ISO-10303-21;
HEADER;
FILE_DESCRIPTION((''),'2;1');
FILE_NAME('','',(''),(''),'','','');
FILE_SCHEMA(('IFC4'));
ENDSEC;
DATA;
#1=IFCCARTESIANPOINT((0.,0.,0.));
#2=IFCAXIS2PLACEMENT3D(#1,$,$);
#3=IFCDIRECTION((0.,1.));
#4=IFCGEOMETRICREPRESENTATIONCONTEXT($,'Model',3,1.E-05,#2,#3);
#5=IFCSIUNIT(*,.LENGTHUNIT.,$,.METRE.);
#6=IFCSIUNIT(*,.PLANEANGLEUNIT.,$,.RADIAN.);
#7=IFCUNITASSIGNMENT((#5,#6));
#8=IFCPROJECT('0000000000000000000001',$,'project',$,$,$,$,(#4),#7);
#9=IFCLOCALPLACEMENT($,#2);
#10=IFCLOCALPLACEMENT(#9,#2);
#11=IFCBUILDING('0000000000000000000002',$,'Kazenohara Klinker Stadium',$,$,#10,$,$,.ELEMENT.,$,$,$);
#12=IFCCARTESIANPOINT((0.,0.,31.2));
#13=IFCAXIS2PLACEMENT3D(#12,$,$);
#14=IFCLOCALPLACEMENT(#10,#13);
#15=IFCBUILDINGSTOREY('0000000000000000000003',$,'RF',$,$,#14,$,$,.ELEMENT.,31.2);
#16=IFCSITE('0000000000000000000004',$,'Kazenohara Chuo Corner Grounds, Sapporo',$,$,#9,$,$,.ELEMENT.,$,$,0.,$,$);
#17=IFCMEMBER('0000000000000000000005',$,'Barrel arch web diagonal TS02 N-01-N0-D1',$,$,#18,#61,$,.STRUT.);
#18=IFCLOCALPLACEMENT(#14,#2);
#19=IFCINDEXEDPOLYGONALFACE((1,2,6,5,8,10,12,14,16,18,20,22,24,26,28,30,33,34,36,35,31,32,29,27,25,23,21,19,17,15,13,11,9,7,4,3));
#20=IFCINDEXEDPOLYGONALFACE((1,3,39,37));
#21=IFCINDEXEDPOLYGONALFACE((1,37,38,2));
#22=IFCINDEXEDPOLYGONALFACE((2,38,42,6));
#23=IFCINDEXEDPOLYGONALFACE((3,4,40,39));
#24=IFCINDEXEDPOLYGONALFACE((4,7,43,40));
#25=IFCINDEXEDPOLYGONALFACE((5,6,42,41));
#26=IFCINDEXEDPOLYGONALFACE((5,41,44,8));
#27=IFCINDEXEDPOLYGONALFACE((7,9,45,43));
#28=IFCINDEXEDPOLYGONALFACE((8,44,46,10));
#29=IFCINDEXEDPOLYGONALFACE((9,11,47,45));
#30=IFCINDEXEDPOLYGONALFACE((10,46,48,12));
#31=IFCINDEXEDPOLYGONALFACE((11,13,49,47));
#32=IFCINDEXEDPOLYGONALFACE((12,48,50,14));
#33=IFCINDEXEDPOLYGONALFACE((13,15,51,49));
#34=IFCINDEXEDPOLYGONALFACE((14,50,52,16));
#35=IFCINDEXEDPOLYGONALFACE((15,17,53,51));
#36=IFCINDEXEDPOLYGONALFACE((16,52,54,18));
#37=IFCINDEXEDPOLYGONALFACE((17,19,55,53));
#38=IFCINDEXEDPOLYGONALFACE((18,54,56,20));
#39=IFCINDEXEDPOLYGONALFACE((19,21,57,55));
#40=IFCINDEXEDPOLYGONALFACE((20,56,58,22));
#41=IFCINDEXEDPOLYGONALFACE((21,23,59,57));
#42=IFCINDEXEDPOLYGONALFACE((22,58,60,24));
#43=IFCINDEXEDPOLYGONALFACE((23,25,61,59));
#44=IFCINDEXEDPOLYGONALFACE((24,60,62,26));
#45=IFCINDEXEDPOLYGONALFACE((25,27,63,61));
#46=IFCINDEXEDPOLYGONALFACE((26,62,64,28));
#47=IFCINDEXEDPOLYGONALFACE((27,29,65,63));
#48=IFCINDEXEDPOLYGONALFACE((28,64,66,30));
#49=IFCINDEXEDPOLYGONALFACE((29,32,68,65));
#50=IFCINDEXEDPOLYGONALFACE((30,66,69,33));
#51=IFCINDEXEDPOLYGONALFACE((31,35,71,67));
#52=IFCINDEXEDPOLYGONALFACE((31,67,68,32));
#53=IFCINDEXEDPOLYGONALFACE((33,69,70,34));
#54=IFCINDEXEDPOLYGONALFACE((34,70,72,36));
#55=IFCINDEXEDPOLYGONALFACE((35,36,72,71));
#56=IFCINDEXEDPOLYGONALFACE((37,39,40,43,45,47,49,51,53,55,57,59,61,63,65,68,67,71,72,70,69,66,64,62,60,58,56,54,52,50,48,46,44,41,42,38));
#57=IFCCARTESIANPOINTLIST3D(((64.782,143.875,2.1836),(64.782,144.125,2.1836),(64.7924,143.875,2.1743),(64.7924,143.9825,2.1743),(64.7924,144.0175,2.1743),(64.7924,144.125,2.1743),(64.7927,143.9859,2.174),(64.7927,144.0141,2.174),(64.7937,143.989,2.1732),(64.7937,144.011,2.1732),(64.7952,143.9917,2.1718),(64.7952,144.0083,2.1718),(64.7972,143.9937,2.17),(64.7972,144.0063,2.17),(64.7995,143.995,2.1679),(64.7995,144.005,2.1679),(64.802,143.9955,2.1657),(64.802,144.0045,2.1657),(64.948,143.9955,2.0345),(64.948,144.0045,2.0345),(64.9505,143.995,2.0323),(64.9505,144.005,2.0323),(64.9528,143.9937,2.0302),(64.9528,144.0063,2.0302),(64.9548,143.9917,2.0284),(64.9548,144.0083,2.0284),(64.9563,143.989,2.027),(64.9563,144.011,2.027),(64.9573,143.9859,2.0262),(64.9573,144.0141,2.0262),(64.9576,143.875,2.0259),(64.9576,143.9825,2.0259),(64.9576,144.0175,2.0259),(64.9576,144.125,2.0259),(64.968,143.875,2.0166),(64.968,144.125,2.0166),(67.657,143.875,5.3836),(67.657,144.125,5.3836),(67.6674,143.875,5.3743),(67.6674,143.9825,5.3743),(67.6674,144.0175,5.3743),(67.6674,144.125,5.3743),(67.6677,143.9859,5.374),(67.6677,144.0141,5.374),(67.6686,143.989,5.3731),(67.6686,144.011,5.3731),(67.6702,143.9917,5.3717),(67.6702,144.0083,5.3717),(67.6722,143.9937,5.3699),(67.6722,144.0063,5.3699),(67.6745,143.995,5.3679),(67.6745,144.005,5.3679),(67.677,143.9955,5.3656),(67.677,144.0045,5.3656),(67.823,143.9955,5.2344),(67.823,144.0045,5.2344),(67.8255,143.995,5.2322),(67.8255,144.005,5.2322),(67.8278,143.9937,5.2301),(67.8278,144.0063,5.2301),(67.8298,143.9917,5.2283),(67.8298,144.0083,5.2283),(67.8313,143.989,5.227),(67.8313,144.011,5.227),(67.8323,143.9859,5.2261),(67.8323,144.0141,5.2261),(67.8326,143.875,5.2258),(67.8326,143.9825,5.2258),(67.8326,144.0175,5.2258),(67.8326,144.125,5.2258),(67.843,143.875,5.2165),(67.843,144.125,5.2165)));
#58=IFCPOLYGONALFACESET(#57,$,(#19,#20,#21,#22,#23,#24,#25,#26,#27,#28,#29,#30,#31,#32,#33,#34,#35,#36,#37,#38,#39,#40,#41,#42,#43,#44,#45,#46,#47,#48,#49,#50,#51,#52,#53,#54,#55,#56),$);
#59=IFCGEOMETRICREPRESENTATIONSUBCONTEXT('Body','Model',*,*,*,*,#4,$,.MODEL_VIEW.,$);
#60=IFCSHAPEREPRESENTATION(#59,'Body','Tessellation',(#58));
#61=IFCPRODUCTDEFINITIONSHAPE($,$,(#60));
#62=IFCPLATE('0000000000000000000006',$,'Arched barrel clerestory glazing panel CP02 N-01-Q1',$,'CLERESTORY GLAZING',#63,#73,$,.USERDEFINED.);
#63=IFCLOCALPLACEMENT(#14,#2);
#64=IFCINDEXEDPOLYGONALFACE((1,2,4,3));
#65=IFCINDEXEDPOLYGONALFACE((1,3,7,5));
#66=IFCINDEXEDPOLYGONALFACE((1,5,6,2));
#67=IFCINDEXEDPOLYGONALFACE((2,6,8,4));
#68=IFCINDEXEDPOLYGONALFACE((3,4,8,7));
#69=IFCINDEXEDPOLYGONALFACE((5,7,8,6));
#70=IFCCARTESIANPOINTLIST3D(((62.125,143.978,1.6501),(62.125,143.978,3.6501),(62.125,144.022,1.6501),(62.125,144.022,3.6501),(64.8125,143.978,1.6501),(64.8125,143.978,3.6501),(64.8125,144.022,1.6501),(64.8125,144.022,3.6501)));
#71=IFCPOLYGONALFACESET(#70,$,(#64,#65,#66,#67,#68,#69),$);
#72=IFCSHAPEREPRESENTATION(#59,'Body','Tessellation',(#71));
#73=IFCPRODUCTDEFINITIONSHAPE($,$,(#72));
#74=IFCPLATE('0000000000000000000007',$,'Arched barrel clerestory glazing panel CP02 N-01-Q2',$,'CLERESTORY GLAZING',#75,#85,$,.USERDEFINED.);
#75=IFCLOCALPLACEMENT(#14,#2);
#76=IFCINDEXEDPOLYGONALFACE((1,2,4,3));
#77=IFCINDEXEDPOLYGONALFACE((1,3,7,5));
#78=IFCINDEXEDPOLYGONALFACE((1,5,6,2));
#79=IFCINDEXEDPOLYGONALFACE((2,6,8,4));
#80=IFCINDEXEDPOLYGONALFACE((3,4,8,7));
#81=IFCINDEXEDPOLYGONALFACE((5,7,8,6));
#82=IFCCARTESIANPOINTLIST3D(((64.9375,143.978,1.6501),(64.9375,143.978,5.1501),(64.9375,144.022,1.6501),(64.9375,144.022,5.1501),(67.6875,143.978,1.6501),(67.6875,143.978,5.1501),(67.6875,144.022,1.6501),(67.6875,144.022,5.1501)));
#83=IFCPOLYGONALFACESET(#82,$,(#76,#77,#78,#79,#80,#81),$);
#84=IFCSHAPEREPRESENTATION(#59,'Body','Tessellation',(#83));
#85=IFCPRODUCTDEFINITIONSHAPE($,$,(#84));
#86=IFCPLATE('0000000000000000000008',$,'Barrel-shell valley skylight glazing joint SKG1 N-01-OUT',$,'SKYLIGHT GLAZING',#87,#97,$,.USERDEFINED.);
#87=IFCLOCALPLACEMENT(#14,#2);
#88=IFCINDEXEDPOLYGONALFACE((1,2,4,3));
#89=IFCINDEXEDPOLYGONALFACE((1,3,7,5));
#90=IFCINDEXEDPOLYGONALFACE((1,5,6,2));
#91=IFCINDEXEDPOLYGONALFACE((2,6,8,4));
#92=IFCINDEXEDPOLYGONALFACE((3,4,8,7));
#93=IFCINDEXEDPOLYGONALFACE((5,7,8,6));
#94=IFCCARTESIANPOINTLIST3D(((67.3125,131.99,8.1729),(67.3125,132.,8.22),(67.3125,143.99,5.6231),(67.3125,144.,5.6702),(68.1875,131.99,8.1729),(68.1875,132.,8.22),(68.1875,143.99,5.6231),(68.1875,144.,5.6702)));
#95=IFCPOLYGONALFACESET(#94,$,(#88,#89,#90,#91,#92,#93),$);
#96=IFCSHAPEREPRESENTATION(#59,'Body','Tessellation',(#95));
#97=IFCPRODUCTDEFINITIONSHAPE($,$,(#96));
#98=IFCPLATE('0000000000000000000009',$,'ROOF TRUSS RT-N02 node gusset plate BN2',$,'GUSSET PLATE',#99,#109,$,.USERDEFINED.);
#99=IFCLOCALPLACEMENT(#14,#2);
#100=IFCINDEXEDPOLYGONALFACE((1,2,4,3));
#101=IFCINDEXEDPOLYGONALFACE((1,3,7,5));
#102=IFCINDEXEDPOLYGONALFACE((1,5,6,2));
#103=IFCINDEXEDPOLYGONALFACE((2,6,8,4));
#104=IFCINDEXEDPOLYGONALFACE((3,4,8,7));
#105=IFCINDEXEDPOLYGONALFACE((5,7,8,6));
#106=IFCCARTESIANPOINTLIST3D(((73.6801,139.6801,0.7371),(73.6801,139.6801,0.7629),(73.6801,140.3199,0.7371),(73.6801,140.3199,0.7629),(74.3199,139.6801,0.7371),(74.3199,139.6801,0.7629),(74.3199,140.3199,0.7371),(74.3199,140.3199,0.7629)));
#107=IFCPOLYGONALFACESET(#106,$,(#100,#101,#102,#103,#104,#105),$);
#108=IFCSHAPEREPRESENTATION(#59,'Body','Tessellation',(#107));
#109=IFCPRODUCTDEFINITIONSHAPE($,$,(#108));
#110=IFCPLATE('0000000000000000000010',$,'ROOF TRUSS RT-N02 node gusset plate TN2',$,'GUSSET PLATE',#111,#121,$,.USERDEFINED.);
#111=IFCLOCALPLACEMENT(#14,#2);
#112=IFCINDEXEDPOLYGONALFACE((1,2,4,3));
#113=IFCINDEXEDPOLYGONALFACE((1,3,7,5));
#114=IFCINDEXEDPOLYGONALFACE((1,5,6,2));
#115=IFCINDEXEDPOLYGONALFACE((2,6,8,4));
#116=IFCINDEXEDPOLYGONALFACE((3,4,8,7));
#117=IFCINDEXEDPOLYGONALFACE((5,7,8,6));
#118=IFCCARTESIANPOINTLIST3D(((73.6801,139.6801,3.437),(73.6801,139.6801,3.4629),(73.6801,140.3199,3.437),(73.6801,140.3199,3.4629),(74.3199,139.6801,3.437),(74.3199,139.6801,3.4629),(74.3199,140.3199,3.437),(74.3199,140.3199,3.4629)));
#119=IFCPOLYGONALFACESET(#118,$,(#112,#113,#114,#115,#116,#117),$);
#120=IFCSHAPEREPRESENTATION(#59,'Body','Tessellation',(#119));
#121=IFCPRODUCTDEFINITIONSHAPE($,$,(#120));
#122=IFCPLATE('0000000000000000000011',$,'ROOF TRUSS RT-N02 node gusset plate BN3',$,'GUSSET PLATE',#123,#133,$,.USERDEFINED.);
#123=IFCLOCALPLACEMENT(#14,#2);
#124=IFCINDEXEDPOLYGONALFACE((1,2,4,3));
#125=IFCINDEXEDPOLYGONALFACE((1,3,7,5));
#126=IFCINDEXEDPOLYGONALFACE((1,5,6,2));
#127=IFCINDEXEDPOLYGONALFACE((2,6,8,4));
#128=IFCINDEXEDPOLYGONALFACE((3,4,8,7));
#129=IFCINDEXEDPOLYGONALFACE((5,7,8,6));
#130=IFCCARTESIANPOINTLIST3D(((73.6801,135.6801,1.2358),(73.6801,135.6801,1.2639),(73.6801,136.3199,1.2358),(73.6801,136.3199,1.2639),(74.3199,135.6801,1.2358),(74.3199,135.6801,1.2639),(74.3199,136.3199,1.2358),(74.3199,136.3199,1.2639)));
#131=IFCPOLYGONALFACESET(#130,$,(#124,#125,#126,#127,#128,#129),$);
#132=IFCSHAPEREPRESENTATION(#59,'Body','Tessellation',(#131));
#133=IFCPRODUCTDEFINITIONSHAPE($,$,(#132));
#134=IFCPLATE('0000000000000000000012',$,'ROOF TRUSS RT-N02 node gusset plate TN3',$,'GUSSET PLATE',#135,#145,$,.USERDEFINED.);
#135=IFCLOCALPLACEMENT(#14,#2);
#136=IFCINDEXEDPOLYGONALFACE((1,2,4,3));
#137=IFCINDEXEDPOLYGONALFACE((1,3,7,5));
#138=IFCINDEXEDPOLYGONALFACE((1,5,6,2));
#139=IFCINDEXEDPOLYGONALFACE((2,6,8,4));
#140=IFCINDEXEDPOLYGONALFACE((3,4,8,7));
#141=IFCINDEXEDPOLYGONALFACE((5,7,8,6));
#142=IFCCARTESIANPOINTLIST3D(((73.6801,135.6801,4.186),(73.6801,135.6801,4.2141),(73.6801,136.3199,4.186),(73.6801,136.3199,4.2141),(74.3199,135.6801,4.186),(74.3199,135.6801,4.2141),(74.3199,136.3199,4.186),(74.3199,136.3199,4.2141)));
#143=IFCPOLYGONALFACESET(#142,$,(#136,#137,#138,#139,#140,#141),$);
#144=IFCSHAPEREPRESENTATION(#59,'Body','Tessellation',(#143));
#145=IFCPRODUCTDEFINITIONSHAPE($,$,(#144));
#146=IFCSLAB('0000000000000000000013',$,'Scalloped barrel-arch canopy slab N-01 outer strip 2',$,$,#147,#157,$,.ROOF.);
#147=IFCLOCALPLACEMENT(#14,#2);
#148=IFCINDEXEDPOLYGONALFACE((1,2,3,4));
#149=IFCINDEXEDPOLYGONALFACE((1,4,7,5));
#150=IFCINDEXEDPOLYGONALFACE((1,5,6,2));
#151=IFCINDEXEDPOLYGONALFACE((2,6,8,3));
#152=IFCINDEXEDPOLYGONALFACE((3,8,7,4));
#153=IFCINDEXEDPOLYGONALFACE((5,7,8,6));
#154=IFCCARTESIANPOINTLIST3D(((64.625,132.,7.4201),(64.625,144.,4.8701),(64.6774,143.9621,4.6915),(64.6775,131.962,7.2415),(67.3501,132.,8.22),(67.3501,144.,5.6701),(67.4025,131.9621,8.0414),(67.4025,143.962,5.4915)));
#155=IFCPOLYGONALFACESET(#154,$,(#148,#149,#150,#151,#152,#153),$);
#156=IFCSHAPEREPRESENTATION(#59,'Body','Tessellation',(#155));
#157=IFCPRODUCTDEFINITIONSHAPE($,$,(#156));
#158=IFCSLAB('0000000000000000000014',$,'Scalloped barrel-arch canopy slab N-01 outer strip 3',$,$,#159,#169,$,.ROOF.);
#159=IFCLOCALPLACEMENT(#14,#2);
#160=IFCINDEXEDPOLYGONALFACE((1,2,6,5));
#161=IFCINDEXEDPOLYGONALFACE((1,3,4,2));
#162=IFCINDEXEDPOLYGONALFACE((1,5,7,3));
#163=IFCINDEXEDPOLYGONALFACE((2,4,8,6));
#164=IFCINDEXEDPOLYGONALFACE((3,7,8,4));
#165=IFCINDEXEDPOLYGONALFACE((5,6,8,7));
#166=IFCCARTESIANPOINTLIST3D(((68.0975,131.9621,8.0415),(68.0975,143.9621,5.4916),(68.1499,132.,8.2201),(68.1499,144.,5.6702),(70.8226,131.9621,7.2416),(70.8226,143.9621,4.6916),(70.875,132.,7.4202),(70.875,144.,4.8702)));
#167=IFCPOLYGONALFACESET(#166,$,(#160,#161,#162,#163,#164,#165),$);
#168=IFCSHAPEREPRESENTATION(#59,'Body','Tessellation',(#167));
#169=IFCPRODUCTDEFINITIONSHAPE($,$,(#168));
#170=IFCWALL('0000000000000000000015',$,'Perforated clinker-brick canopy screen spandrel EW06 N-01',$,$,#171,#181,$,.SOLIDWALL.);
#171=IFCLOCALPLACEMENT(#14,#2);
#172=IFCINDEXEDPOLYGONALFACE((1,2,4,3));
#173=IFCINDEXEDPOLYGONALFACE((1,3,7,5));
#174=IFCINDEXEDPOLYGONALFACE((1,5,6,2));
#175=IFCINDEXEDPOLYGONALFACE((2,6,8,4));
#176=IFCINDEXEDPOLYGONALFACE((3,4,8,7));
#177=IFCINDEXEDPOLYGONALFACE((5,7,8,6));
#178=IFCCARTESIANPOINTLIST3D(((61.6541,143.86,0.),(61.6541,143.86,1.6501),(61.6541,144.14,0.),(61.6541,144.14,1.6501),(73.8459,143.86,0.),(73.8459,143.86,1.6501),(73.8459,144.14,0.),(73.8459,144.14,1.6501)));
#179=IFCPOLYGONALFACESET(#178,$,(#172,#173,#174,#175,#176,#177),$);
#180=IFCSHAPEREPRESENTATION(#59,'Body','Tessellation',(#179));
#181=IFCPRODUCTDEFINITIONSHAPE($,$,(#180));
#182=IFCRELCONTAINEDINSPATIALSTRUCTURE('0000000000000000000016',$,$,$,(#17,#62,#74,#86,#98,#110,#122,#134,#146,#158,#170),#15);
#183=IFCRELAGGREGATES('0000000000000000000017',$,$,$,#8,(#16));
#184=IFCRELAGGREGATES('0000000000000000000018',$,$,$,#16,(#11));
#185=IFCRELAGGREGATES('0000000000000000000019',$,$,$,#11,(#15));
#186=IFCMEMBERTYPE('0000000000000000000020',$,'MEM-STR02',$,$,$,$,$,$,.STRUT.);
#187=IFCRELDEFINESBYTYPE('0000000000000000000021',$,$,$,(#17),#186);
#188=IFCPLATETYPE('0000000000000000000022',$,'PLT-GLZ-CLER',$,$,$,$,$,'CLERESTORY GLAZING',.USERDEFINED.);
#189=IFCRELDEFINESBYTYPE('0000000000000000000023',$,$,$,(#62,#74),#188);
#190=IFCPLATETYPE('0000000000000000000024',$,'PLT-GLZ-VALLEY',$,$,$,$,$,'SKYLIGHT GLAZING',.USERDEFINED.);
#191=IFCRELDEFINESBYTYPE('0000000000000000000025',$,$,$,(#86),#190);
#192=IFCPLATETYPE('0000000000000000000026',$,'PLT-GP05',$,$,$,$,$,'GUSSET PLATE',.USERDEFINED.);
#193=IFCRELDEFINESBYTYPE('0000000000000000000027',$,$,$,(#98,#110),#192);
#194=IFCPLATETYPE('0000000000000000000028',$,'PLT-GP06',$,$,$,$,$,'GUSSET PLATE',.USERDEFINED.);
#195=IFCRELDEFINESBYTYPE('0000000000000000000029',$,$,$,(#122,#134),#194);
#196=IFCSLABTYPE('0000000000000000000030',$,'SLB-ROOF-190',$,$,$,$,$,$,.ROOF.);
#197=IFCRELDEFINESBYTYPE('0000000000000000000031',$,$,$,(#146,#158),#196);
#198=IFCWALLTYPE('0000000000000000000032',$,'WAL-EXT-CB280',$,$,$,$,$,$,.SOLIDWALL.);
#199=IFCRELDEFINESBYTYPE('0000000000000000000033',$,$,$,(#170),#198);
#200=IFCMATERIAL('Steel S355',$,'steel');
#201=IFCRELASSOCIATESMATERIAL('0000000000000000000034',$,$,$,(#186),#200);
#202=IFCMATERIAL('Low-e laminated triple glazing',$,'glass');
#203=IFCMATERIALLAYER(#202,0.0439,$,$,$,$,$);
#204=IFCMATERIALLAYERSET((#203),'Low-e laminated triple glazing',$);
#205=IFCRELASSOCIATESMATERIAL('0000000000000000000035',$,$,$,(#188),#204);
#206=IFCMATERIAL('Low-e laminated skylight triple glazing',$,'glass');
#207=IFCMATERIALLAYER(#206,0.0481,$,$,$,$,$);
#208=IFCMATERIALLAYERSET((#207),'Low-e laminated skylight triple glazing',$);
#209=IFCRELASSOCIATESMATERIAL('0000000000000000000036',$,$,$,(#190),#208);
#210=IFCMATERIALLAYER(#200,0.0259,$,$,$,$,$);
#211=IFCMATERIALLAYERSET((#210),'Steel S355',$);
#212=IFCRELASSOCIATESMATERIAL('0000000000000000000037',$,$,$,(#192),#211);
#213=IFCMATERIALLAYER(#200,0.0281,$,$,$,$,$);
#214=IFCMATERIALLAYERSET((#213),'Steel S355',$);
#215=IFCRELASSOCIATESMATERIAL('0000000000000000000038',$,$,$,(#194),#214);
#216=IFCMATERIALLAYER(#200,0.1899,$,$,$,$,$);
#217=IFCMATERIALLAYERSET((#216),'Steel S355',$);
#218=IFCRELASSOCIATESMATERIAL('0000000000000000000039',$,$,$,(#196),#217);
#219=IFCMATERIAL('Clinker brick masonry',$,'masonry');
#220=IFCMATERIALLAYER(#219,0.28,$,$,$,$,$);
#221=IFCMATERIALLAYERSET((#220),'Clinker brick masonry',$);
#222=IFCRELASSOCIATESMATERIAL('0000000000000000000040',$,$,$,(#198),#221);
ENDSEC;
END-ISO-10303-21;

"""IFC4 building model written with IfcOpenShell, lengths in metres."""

from ifc_helpers import new_model, si_unit, direction, frame, frame_2d, origin, origin_2d, place, context, subcontext, project, spatial, polyline, rectangle, i_section, outline, extrude, material, layer, layer_set, material_profile, profile_set, type_object, element, save


model = new_model("IFC4")

# Units and contexts
model_context = context("Model", 3, precision=1e-05, world=origin(), true_north=direction((0.0, 1.0)))
body_context = subcontext(model_context, "Body", "Model", "MODEL_VIEW")
ifc_project = project(units=[si_unit("LENGTHUNIT", "METRE"), si_unit("PLANEANGLEUNIT", "RADIAN")], contexts=[model_context])

# Site, building, storey
site_placement = place(None, origin())
site = spatial("IfcSite", under=ifc_project, at=site_placement, Name="Kazenohara Chuo Corner Grounds, Sapporo", CompositionType="ELEMENT", RefElevation=0.0)
building_placement = place(site_placement, origin())
building = spatial("IfcBuilding", under=site, at=building_placement, Name="Kazenohara Klinker Stadium", CompositionType="ELEMENT")
storey_placement = place(building_placement, frame((0.0, 0.0, 31.2)))
storey = spatial("IfcBuildingStorey", under=building, at=storey_placement, Name="RF", CompositionType="ELEMENT", Elevation=31.2)

# Member
ifc_material_1 = material(Name="Steel S355", Category="steel")
ifc_material_profile_1 = material_profile(ifc_material_1, i_section(OverallWidth=0.25, OverallDepth=0.25, WebThickness=0.009, FlangeThickness=0.0139, FilletRadius=0.0129, at=origin_2d()), Name="H-250x250x9x14")
ifc_profile_set_1 = profile_set([ifc_material_profile_1], Name="Steel S355")
member_type_1 = type_object("IfcMemberType", Name="MEM-STR02", PredefinedType="STRUT", material=ifc_profile_set_1)
member_1_placement = place(storey_placement, frame((64.875, 144.0, 2.1001), z_axis=(0.668328, 0.0, 0.743867), x_axis=(0.0, 1.0, 0.0)))
element("IfcMember", 1, at=member_1_placement, inside=storey, type_object=member_type_1, Name="Barrel arch web diagonal TS02 N-01-N0-D1", PredefinedType="STRUT", context=body_context, shape_type="SweptSolid", body=[
    extrude(i_section(OverallWidth=0.25, OverallDepth=0.25, WebThickness=0.009, FlangeThickness=0.0139, FilletRadius=0.0129, at=origin_2d()), origin(), (0.0, 0.0, 1.0), 4.3018),
])

# Plates
ifc_material_2 = material(Name="Low-e laminated triple glazing", Category="glass")
ifc_layer_1 = layer(ifc_material_2, 0.0439)
ifc_layer_set_1 = layer_set([ifc_layer_1], Name="Low-e laminated triple glazing")
plate_type_1 = type_object("IfcPlateType", Name="PLT-GLZ-CLER", ElementType="CLERESTORY GLAZING", PredefinedType="USERDEFINED", material=ifc_layer_set_1)
plate_1_placement = place(storey_placement, frame((63.4688, 144.0, 1.6501), z_axis=(0.0, 0.0, 1.0), x_axis=(1.0, 0.0, 0.0)))
element("IfcPlate", 2, at=plate_1_placement, inside=storey, type_object=plate_type_1, Name="Arched barrel clerestory glazing panel CP02 N-01-Q1", ObjectType="CLERESTORY GLAZING", PredefinedType="USERDEFINED", context=body_context, shape_type="SweptSolid", body=[
    extrude(rectangle(XDim=2.6875, YDim=0.0439, at=origin_2d()), origin(), (0.0, 0.0, 1.0), 2.0),
])
plate_2_placement = place(storey_placement, frame((66.3125, 144.0, 1.6501), z_axis=(0.0, 0.0, 1.0), x_axis=(1.0, 0.0, 0.0)))
element("IfcPlate", 3, at=plate_2_placement, inside=storey, type_object=plate_type_1, Name="Arched barrel clerestory glazing panel CP02 N-01-Q2", ObjectType="CLERESTORY GLAZING", PredefinedType="USERDEFINED", context=body_context, shape_type="SweptSolid", body=[
    extrude(rectangle(XDim=2.75, YDim=0.0439, at=origin_2d()), origin(), (0.0, 0.0, 1.0), 3.5),
])
ifc_material_3 = material(Name="Low-e laminated skylight triple glazing", Category="glass")
ifc_layer_2 = layer(ifc_material_3, 0.0481)
ifc_layer_set_2 = layer_set([ifc_layer_2], Name="Low-e laminated skylight triple glazing")
plate_type_2 = type_object("IfcPlateType", Name="PLT-GLZ-VALLEY", ElementType="SKYLIGHT GLAZING", PredefinedType="USERDEFINED", material=ifc_layer_set_2)
plate_3_placement = place(storey_placement, frame((67.3125, 144.0, 5.6702), z_axis=(0.0, 0.207844, 0.978162), x_axis=(0.0, -0.978162, 0.207844)))
element("IfcPlate", 4, at=plate_3_placement, inside=storey, type_object=plate_type_2, Name="Barrel-shell valley skylight glazing joint SKG1 N-01-OUT", ObjectType="SKYLIGHT GLAZING", PredefinedType="USERDEFINED", context=body_context, shape_type="SweptSolid", body=[
    extrude(outline(polyline([(0.0, 0.0), (12.2679, 0.0), (12.2679, 0.875), (0.0, 0.875), (0.0, 0.0)])), origin(), (0.0, 0.0, -1.0), 0.0481),
])
ifc_layer_3 = layer(ifc_material_1, 0.0259)
ifc_layer_set_3 = layer_set([ifc_layer_3], Name="Steel S355")
plate_type_3 = type_object("IfcPlateType", Name="PLT-GP05", ElementType="GUSSET PLATE", PredefinedType="USERDEFINED", material=ifc_layer_set_3)
for number, where, z_axis, x_axis, name in (
    (5, (74.0, 140.0, 0.7371), (0.0, 0.0, 1.0), (1.0, 0.0, 0.0), "ROOF TRUSS RT-N02 node gusset plate BN2"),
    (6, (74.0, 140.0, 3.437), (0.0, 0.0, 1.0), (1.0, 0.0, 0.0), "ROOF TRUSS RT-N02 node gusset plate TN2"),
):
    element("IfcPlate", number, at=place(storey_placement, frame(where, z_axis=z_axis, x_axis=x_axis)), inside=storey, type_object=plate_type_3, Name=name, ObjectType="GUSSET PLATE", PredefinedType="USERDEFINED", context=body_context, shape_type="SweptSolid", body=[
        extrude(rectangle(XDim=0.6399, YDim=0.6399, at=origin_2d()), origin(), (0.0, 0.0, 1.0), 0.0259),
    ])
ifc_layer_4 = layer(ifc_material_1, 0.0281)
ifc_layer_set_4 = layer_set([ifc_layer_4], Name="Steel S355")
plate_type_4 = type_object("IfcPlateType", Name="PLT-GP06", ElementType="GUSSET PLATE", PredefinedType="USERDEFINED", material=ifc_layer_set_4)
for number, where, z_axis, x_axis, name in (
    (7, (74.0, 136.0, 1.2358), (0.0, 0.0, 1.0), (1.0, 0.0, 0.0), "ROOF TRUSS RT-N02 node gusset plate BN3"),
    (8, (74.0, 136.0, 4.186), (0.0, 0.0, 1.0), (1.0, 0.0, 0.0), "ROOF TRUSS RT-N02 node gusset plate TN3"),
):
    element("IfcPlate", number, at=place(storey_placement, frame(where, z_axis=z_axis, x_axis=x_axis)), inside=storey, type_object=plate_type_4, Name=name, ObjectType="GUSSET PLATE", PredefinedType="USERDEFINED", context=body_context, shape_type="SweptSolid", body=[
        extrude(rectangle(XDim=0.6399, YDim=0.6399, at=origin_2d()), origin(), (0.0, 0.0, 1.0), 0.0281),
    ])

# Slabs
ifc_layer_5 = layer(ifc_material_1, 0.1899)
ifc_layer_set_5 = layer_set([ifc_layer_5], Name="Steel S355")
slab_type = type_object("IfcSlabType", Name="SLB-ROOF-190", PredefinedType="ROOF", material=ifc_layer_set_5)
slab_1_placement = place(storey_placement, frame((64.625, 144.0, 4.8701), z_axis=(-0.275979, 0.199781, 0.940172), x_axis=(0.000003, -0.97816, 0.207854)))
element("IfcSlab", 9, at=slab_1_placement, inside=storey, type_object=slab_type, Name="Scalloped barrel-arch canopy slab N-01 outer strip 2", PredefinedType="ROOF", context=body_context, shape_type="SweptSolid", body=[
    extrude(outline(polyline([(0.0, 0.0), (12.268, 0.0), (12.4342, 2.8352), (0.1663, 2.8352), (0.0, 0.0)])), origin(), (0.0, 0.0, -1.0), 0.1899),
])
slab_2_placement = place(storey_placement, frame((68.1499, 144.0, 5.6702), z_axis=(0.275979, 0.199781, 0.940172), x_axis=(0.000003, -0.97816, 0.207852)))
element("IfcSlab", 10, at=slab_2_placement, inside=storey, type_object=slab_type, Name="Scalloped barrel-arch canopy slab N-01 outer strip 3", PredefinedType="ROOF", context=body_context, shape_type="SweptSolid", body=[
    extrude(outline(polyline([(0.0, 0.0), (12.2679, 0.0), (12.1017, 2.8352), (-0.1663, 2.8352), (0.0, 0.0)])), origin(), (0.0, 0.0, -1.0), 0.1899),
])

# Wall
ifc_material_4 = material(Name="Clinker brick masonry", Category="masonry")
ifc_layer_6 = layer(ifc_material_4, 0.28)
ifc_layer_set_6 = layer_set([ifc_layer_6], Name="Clinker brick masonry")
wall_type = type_object("IfcWallType", Name="WAL-EXT-CB280", PredefinedType="SOLIDWALL", material=ifc_layer_set_6)
wall_placement = place(storey_placement, frame((61.6541, 144.0, 0.0), z_axis=(0.0, 0.0, 1.0), x_axis=(1.0, 0.0, 0.0)))
element("IfcWall", 11, at=wall_placement, inside=storey, type_object=wall_type, Name="Perforated clinker-brick canopy screen spandrel EW06 N-01", PredefinedType="SOLIDWALL", context=body_context, shape_type="SweptSolid", body=[
    extrude(rectangle(XDim=12.1919, YDim=0.28, at=frame_2d((6.0959, 0.0))), origin(), (0.0, 0.0, 1.0), 1.6501),
])

save(model, "model.ifc")
